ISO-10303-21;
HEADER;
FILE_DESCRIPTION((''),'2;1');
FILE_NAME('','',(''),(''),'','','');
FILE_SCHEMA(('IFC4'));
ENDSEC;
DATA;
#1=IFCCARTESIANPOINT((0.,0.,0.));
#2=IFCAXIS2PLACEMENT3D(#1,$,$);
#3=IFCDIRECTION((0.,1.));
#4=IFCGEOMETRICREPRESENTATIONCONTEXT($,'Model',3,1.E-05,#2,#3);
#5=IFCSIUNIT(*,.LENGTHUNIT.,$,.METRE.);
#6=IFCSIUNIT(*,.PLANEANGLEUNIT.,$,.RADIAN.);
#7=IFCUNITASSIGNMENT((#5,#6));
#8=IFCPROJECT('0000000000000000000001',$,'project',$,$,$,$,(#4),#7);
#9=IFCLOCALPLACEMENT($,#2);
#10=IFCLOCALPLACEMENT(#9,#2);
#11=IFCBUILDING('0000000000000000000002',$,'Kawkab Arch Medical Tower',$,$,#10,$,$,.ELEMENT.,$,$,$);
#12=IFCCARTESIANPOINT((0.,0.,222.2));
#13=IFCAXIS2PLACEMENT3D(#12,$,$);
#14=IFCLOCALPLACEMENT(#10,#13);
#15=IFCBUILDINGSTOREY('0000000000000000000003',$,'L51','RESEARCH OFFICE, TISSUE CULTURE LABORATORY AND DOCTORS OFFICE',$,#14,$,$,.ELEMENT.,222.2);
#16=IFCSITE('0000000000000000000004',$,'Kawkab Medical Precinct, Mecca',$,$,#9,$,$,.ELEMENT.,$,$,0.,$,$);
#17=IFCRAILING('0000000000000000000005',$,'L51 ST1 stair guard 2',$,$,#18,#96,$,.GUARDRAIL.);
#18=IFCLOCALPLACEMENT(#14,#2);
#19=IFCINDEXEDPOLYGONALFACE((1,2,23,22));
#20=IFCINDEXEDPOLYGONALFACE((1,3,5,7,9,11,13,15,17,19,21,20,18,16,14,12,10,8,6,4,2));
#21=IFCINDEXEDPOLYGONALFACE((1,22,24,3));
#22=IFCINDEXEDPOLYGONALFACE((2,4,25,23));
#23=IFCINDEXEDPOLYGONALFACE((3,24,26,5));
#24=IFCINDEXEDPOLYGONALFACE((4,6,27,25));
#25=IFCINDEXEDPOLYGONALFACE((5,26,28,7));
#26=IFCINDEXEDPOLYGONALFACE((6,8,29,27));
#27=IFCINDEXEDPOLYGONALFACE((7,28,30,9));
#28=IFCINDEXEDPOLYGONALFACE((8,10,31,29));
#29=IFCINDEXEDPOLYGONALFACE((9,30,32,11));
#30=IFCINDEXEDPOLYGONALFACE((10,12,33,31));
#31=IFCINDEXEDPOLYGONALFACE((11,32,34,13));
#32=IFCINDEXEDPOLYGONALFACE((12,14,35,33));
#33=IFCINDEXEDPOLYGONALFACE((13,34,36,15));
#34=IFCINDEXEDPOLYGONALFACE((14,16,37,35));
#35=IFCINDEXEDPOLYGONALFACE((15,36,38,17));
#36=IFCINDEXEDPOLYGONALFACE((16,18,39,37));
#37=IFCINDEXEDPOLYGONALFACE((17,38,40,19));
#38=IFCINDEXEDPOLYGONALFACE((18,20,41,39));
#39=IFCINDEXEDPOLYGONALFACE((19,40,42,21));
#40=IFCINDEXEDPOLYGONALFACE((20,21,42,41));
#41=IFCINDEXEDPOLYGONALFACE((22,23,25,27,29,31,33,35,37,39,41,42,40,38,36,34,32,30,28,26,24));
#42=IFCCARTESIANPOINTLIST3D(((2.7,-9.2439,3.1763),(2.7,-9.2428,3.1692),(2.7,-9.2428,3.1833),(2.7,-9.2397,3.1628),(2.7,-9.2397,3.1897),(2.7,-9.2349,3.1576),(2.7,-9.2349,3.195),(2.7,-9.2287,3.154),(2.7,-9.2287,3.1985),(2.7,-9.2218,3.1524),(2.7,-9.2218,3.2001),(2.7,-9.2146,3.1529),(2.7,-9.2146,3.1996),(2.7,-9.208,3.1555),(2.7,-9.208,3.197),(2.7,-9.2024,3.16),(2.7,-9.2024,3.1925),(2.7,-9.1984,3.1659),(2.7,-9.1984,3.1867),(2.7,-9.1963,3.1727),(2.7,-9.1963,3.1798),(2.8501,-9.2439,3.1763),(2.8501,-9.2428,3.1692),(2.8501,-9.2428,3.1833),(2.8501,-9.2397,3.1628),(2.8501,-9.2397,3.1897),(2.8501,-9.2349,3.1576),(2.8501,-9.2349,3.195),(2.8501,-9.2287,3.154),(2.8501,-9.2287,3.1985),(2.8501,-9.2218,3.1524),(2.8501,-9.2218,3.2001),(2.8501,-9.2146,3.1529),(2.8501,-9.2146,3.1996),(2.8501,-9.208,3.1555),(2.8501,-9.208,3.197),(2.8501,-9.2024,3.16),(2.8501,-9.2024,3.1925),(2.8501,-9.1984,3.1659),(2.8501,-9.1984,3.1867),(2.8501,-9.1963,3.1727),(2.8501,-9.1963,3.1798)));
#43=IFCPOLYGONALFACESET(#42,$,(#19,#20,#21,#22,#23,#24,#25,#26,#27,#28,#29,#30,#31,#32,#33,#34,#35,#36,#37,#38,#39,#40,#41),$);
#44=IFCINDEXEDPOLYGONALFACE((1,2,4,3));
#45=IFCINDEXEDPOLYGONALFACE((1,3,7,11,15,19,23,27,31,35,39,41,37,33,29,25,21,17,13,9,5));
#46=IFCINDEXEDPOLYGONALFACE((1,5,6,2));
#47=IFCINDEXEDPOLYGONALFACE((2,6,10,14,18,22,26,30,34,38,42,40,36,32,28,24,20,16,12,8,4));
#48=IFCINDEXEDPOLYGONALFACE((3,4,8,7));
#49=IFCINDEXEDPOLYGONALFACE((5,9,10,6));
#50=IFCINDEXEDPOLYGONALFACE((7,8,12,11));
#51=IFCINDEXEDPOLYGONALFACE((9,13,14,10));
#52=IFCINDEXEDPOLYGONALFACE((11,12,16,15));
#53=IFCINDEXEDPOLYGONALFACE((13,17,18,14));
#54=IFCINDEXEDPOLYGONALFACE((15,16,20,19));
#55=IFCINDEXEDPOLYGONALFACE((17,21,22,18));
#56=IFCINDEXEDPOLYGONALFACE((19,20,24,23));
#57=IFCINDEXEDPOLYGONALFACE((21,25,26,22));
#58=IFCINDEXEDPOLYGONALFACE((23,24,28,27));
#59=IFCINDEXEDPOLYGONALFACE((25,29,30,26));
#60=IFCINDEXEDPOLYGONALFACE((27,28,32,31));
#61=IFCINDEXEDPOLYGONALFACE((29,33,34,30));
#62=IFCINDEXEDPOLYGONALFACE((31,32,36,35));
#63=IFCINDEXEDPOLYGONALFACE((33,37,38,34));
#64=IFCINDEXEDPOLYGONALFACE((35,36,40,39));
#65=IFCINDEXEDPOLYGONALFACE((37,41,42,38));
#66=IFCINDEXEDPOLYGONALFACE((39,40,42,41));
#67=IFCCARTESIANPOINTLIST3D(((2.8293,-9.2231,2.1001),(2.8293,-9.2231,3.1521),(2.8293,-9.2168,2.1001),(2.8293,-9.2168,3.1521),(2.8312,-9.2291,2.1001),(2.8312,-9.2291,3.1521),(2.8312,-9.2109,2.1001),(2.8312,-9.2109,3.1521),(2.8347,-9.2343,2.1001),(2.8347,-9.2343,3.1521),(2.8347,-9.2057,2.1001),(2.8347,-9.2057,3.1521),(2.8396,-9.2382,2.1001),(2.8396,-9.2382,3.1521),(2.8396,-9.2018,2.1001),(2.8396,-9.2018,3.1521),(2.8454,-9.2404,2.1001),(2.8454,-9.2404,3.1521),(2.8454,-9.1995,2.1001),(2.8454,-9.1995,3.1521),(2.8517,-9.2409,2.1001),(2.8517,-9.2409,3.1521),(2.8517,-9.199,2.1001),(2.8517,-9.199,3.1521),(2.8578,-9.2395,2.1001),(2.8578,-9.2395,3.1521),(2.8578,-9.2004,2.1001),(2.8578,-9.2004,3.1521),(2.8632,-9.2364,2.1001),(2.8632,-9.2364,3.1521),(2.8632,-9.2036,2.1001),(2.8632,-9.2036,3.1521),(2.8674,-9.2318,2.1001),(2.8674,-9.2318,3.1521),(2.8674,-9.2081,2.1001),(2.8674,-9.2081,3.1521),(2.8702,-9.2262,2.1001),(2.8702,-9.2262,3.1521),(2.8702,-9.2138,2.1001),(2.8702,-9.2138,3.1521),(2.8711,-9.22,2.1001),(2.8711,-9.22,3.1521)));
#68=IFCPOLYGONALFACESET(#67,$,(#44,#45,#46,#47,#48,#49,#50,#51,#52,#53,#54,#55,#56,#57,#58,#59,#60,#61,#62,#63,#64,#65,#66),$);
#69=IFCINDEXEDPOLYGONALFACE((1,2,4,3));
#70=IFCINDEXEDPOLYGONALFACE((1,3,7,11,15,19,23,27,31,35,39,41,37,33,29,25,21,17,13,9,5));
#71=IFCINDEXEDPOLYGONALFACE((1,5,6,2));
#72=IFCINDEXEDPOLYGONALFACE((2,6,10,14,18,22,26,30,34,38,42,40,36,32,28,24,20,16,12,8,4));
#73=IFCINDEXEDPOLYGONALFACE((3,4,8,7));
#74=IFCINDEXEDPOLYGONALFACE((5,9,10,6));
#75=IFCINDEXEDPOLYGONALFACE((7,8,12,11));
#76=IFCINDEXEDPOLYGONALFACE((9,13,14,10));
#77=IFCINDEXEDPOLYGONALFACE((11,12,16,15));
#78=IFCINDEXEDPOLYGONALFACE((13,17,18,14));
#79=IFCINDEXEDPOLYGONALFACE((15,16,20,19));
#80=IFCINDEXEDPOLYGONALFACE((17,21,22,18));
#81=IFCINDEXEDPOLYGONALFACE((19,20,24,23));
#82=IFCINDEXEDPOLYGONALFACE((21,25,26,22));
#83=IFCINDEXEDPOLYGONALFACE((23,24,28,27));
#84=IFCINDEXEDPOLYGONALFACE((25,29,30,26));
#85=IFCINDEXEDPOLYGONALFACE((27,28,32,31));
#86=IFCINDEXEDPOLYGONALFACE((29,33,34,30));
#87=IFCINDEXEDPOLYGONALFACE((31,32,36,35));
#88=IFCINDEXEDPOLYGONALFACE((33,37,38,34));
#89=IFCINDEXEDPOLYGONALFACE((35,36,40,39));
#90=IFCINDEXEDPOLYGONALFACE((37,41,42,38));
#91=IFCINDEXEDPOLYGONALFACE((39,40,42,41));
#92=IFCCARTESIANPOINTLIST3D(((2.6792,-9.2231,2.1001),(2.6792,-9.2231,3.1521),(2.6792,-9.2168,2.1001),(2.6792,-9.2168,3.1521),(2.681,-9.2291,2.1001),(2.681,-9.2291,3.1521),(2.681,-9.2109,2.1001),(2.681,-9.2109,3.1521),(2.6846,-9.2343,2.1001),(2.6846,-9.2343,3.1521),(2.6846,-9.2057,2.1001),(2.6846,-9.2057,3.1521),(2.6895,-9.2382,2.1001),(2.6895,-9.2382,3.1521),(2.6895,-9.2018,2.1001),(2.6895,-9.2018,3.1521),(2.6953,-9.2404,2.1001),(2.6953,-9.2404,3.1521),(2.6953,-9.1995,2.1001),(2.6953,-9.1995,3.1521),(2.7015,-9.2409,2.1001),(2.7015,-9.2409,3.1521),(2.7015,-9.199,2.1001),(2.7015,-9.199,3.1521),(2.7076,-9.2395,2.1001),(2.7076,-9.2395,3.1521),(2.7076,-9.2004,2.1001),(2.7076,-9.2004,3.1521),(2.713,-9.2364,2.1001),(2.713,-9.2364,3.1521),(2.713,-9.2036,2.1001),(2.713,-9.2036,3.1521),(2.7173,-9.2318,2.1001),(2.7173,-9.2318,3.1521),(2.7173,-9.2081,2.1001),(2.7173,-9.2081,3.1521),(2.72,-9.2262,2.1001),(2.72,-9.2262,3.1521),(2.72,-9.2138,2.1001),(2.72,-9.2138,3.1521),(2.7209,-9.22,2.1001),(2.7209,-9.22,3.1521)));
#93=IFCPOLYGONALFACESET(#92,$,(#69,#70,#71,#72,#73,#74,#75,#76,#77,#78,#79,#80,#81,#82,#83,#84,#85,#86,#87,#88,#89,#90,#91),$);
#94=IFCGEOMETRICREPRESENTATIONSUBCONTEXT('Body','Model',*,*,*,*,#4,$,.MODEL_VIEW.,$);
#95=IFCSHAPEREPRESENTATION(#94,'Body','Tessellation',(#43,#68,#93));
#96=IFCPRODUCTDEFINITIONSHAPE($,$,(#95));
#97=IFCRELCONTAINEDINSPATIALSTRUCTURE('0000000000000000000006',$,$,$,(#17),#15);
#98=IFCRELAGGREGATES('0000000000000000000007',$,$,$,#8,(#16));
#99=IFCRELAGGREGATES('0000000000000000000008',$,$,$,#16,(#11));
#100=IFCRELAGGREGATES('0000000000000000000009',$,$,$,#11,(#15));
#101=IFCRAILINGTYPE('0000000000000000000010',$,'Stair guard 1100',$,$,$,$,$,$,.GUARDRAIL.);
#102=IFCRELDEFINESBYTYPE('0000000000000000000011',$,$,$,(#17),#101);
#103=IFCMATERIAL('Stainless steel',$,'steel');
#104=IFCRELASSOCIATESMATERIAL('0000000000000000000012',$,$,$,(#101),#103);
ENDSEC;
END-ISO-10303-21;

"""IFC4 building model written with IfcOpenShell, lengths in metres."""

from ifc_helpers import new_model, si_unit, direction, frame, origin, origin_2d, place, context, subcontext, project, spatial, circle, extrude, material, type_object, element, save


model = new_model("IFC4")

# Units and contexts
model_context = context("Model", 3, precision=1e-05, world=origin(), true_north=direction((0.0, 1.0)))
body_context = subcontext(model_context, "Body", "Model", "MODEL_VIEW")
ifc_project = project(units=[si_unit("LENGTHUNIT", "METRE"), si_unit("PLANEANGLEUNIT", "RADIAN")], contexts=[model_context])

# Site, building, storey
site_placement = place(None, origin())
site = spatial("IfcSite", under=ifc_project, at=site_placement, Name="Kawkab Medical Precinct, Mecca", CompositionType="ELEMENT", RefElevation=0.0)
building_placement = place(site_placement, origin())
building = spatial("IfcBuilding", under=site, at=building_placement, Name="Kawkab Arch Medical Tower", CompositionType="ELEMENT")
storey_placement = place(building_placement, frame((0.0, 0.0, 222.2)))
storey = spatial("IfcBuildingStorey", under=building, at=storey_placement, Name="L51", Description="RESEARCH OFFICE, TISSUE CULTURE LABORATORY AND DOCTORS OFFICE", CompositionType="ELEMENT", Elevation=222.2)

# Railing
ifc_material_1 = material(Name="Stainless steel", Category="steel")
railing_type_1 = type_object("IfcRailingType", Name="Stair guard 1100", PredefinedType="GUARDRAIL", material=ifc_material_1)
railing_1_placement = place(storey_placement, frame((2.8501, -9.22, 2.1001)))
element("IfcRailing", 1, at=railing_1_placement, inside=storey, type_object=railing_type_1, Name="L51 ST1 stair guard 2", PredefinedType="GUARDRAIL", context=body_context, shape_type="SweptSolid", body=[
    extrude(circle(Radius=0.0239, at=origin_2d()), frame((0.0, 0.0, 1.0762), z_axis=(-1.0, 0.0, 0.0), x_axis=(0.0, -1.0, 0.0)), (0.0, 0.0, 1.0), 0.1501),
    extrude(circle(Radius=0.021, at=origin_2d()), origin(), (0.0, 0.0, 1.0), 1.052),
    extrude(circle(Radius=0.021, at=origin_2d()), frame((-0.1501, 0.0, 0.0)), (0.0, 0.0, 1.0), 1.052),
])

save(model, "model.ifc")
